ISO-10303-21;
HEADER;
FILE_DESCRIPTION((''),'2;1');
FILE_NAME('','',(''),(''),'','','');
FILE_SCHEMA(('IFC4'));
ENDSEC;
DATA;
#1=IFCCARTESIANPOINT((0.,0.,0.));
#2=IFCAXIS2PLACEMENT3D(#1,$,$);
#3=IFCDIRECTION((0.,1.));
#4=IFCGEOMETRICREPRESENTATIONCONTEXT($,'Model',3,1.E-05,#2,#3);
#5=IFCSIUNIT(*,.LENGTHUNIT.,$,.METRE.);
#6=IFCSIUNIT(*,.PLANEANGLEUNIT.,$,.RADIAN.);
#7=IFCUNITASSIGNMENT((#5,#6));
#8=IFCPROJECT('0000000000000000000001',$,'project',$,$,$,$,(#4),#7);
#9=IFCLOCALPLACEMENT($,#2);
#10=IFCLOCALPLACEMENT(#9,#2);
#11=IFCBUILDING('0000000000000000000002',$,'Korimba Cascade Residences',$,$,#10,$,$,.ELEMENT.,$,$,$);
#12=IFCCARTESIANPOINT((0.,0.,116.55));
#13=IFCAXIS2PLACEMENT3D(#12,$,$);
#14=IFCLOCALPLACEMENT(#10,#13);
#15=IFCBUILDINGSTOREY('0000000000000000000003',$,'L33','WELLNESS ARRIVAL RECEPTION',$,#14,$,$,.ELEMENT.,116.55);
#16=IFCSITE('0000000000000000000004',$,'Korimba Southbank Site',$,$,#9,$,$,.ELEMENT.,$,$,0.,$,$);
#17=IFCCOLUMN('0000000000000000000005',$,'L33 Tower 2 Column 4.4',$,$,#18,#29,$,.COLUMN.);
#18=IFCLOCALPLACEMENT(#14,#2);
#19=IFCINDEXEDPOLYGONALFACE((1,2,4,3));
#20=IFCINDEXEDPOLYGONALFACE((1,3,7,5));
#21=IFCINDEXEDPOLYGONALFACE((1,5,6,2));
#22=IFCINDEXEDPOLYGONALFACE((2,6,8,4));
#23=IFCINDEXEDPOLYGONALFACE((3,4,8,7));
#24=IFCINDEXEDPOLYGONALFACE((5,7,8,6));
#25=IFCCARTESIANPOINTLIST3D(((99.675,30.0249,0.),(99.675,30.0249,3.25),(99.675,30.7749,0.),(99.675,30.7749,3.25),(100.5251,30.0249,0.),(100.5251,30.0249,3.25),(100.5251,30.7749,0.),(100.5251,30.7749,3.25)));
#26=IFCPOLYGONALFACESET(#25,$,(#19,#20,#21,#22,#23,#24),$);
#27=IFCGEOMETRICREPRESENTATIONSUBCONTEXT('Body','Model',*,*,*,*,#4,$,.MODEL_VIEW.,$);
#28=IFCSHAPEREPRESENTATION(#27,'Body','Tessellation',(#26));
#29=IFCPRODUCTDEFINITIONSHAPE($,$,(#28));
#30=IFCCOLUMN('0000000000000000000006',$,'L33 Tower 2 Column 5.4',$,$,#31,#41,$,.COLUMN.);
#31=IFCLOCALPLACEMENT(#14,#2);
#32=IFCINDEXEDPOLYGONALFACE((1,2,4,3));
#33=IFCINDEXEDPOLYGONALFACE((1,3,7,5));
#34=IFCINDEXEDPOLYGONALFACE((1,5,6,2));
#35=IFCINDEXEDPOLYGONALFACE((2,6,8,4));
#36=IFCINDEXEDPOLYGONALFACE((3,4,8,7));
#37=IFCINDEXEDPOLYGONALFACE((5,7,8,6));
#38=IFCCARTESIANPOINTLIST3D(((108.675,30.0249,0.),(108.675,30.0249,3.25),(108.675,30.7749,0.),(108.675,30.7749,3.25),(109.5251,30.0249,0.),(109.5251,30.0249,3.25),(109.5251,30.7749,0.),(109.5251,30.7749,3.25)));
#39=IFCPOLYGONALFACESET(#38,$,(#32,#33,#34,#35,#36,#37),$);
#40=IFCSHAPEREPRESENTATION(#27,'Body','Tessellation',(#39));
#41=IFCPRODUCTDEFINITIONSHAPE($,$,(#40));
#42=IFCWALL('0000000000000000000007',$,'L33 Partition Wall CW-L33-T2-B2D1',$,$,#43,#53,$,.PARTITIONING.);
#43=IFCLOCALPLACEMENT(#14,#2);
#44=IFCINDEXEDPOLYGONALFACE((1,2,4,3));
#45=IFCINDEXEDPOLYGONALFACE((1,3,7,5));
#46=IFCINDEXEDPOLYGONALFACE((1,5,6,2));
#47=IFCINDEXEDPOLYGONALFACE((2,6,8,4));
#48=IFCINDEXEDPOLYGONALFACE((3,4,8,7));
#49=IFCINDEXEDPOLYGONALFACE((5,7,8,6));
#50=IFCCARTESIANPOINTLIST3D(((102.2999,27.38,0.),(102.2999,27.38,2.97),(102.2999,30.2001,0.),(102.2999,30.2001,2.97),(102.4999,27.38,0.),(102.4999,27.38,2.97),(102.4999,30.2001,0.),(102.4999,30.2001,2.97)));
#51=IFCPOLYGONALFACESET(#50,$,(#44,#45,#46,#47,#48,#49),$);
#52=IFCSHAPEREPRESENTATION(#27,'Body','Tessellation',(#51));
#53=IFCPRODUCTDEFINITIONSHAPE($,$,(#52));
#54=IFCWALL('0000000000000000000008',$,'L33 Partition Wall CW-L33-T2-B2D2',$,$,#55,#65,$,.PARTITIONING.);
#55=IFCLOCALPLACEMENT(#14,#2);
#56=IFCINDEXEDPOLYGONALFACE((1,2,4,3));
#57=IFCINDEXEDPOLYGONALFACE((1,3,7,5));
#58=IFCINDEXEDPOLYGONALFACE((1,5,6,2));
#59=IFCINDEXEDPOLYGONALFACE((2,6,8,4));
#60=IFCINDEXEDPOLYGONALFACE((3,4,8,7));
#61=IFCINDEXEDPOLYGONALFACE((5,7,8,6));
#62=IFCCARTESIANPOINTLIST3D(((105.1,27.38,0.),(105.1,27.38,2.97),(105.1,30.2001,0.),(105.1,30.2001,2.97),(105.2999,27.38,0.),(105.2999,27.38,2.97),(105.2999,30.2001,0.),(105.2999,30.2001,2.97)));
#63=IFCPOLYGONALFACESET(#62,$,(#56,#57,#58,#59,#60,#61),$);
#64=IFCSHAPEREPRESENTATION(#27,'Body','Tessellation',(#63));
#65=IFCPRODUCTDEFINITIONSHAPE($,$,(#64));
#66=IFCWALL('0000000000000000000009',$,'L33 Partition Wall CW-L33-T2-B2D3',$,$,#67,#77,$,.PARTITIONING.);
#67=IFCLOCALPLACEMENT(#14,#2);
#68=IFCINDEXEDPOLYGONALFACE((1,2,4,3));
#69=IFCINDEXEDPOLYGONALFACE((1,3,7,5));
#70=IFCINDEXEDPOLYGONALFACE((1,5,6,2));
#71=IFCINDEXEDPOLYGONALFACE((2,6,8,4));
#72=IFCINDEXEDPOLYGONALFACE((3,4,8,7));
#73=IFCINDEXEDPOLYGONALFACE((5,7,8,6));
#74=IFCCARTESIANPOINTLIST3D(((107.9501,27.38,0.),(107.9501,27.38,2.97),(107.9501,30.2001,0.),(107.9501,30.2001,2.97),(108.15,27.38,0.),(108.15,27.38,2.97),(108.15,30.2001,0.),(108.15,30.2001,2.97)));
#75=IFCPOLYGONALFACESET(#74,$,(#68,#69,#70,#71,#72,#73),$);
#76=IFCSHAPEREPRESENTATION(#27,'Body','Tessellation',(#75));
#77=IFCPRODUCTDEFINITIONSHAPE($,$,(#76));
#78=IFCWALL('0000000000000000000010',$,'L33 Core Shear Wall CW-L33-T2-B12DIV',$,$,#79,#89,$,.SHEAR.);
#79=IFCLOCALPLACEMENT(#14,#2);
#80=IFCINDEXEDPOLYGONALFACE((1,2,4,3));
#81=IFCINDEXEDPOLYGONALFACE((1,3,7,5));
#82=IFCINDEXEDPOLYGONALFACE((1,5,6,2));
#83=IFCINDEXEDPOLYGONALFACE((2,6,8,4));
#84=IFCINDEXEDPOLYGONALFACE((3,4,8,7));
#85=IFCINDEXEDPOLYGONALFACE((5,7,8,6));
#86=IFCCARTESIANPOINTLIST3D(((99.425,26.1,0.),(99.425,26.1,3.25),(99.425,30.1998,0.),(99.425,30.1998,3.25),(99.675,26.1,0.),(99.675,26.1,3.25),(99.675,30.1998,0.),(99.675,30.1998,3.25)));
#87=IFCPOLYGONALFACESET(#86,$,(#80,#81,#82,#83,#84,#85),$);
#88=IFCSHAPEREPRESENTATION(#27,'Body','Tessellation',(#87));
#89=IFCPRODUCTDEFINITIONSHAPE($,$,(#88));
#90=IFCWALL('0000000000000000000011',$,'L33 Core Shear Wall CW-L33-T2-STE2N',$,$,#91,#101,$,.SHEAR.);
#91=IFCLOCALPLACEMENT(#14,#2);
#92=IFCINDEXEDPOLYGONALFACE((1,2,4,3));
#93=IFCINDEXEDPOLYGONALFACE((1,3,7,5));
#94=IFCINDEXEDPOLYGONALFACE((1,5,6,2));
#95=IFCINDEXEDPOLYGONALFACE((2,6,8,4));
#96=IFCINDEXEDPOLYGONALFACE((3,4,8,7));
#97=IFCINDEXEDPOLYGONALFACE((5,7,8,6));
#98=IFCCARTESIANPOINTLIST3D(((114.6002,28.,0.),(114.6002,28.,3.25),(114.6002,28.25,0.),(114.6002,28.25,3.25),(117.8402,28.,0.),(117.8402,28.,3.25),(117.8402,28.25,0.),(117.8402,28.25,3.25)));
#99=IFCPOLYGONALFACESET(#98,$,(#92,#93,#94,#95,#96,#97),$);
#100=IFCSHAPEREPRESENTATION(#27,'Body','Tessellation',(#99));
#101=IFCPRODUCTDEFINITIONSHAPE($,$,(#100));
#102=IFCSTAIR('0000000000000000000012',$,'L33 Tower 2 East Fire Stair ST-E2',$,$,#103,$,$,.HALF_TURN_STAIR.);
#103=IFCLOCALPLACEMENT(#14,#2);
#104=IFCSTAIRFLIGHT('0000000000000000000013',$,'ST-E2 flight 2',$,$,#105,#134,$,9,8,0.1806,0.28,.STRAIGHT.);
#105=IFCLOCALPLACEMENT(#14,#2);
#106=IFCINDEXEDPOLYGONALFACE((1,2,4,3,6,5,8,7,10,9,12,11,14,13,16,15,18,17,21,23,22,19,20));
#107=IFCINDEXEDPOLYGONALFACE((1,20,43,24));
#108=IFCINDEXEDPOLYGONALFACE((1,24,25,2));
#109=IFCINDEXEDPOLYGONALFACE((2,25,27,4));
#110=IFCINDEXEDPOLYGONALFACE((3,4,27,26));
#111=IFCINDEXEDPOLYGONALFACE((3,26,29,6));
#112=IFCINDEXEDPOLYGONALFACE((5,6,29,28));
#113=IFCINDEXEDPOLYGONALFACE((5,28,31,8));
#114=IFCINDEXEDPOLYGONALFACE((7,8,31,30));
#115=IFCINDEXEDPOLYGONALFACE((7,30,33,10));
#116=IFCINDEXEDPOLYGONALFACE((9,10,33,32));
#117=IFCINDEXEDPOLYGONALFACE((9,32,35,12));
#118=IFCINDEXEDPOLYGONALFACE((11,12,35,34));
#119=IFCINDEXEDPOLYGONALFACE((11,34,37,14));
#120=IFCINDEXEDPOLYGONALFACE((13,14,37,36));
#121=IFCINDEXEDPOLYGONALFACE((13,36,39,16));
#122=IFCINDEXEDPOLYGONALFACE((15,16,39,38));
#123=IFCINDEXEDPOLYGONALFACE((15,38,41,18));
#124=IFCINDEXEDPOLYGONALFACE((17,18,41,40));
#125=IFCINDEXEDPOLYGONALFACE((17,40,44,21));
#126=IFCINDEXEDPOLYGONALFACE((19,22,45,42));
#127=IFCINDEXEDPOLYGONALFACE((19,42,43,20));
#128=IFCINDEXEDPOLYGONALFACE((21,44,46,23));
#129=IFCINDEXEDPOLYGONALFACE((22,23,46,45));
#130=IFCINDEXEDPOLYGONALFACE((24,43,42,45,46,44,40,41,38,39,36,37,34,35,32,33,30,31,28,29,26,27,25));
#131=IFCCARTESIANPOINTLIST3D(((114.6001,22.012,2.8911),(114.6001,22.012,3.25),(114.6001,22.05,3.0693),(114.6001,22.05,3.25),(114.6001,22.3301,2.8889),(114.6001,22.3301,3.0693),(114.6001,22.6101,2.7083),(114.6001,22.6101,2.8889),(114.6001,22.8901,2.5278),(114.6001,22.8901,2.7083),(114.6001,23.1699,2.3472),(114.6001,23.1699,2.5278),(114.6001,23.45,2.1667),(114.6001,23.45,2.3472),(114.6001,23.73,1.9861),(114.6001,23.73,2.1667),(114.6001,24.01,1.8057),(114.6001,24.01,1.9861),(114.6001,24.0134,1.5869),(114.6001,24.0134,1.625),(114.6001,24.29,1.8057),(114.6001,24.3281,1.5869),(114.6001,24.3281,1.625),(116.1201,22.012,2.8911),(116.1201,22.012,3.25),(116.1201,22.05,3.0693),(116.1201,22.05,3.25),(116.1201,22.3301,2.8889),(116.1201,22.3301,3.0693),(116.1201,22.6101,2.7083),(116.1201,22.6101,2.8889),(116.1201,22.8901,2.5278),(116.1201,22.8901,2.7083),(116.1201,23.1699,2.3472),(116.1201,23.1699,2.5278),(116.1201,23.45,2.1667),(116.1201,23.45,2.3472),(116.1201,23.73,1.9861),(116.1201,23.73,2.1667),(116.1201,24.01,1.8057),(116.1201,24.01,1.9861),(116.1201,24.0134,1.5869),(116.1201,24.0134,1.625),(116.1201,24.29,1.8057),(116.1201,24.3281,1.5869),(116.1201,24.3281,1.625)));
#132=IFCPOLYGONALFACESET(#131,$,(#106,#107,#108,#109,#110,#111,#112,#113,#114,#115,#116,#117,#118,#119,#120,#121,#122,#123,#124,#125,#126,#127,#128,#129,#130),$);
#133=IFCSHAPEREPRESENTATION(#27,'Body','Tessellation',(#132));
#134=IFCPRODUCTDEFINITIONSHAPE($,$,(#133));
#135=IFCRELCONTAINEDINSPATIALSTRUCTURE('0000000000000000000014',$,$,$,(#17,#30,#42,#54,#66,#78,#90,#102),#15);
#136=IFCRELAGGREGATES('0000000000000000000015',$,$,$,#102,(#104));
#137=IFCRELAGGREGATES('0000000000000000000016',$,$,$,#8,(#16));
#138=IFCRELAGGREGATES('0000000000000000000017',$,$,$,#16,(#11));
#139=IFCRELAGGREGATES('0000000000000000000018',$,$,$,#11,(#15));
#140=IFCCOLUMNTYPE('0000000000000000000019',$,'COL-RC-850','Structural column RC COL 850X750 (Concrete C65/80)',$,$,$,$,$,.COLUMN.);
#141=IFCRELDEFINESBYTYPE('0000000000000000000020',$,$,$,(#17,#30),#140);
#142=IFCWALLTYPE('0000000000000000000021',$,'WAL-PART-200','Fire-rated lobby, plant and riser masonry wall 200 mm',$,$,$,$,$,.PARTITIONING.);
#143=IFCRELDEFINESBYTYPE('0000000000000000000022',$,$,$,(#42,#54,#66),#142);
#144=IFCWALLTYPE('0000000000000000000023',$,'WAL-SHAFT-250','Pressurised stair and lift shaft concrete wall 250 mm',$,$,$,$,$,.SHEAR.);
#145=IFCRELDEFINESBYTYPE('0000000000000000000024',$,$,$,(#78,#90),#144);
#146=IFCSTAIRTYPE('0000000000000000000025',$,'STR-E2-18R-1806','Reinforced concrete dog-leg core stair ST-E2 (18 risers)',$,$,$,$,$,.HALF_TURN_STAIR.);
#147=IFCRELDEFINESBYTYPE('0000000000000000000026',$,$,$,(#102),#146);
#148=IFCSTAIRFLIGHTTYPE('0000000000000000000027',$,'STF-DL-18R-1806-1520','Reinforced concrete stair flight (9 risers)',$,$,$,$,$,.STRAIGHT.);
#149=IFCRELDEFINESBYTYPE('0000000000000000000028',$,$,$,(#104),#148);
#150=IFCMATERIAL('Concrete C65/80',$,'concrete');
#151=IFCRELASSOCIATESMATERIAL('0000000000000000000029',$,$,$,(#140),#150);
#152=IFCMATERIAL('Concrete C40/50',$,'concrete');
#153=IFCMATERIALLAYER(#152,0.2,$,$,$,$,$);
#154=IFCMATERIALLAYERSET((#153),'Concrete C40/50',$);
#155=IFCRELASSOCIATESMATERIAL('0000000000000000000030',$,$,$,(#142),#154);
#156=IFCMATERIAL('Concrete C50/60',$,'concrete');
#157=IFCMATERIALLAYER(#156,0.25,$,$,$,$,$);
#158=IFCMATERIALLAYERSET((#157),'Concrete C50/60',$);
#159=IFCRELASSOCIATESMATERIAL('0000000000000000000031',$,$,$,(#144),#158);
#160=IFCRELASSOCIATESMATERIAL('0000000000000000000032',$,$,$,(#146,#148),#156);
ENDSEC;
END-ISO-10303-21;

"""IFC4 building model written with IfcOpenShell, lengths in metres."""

from ifc_helpers import new_model, si_unit, direction, frame, frame_2d, origin, origin_2d, place, context, subcontext, project, spatial, polyline, rectangle, outline, extrude, material, layer, layer_set, material_profile, profile_set, type_object, element, aggregate, save


model = new_model("IFC4")

# Units and contexts
model_context = context("Model", 3, precision=1e-05, world=origin(), true_north=direction((0.0, 1.0)))
body_context = subcontext(model_context, "Body", "Model", "MODEL_VIEW")
ifc_project = project(units=[si_unit("LENGTHUNIT", "METRE"), si_unit("PLANEANGLEUNIT", "RADIAN")], contexts=[model_context])

# Site, building, storey
site_placement = place(None, origin())
site = spatial("IfcSite", under=ifc_project, at=site_placement, Name="Korimba Southbank Site", CompositionType="ELEMENT", RefElevation=0.0)
building_placement = place(site_placement, origin())
building = spatial("IfcBuilding", under=site, at=building_placement, Name="Korimba Cascade Residences", CompositionType="ELEMENT")
storey_placement = place(building_placement, frame((0.0, 0.0, 116.55)))
storey = spatial("IfcBuildingStorey", under=building, at=storey_placement, Name="L33", Description="WELLNESS ARRIVAL RECEPTION", CompositionType="ELEMENT", Elevation=116.55)

# Columns
ifc_material_1 = material(Name="Concrete C65/80", Category="concrete")
ifc_material_profile = material_profile(ifc_material_1, rectangle(XDim=0.8501, YDim=0.75, at=origin_2d()), Name="Concrete C65/80")
ifc_profile_set = profile_set([ifc_material_profile], Name="Concrete C65/80")
column_type = type_object("IfcColumnType", Name="COL-RC-850", Description="Structural column RC COL 850X750 (Concrete C65/80)", PredefinedType="COLUMN", material=ifc_profile_set)
for number, where, z_axis, x_axis, name in (
    (1, (100.1001, 30.3999, 0.0), (0.0, 0.0, 1.0), (1.0, 0.0, 0.0), "L33 Tower 2 Column 4.4"),
    (2, (109.1001, 30.3999, 0.0), (0.0, 0.0, 1.0), (1.0, 0.0, 0.0), "L33 Tower 2 Column 5.4"),
):
    element("IfcColumn", number, at=place(storey_placement, frame(where, z_axis=z_axis, x_axis=x_axis)), inside=storey, type_object=column_type, Name=name, PredefinedType="COLUMN", context=body_context, shape_type="SweptSolid", body=[
        extrude(rectangle(XDim=0.8501, YDim=0.75, at=origin_2d()), origin(), (0.0, 0.0, 1.0), 3.25),
    ])

# Walls
ifc_material_2 = material(Name="Concrete C40/50", Category="concrete")
ifc_layer_1 = layer(ifc_material_2, 0.2)
ifc_layer_set_1 = layer_set([ifc_layer_1], Name="Concrete C40/50")
wall_type_1 = type_object("IfcWallType", Name="WAL-PART-200", Description="Fire-rated lobby, plant and riser masonry wall 200 mm", PredefinedType="PARTITIONING", material=ifc_layer_set_1)
for number, where, z_axis, x_axis, name in (
    (3, (102.3999, 27.3799, 0.0), (0.0, 0.0, 1.0), (0.0, 1.0, 0.0), "L33 Partition Wall CW-L33-T2-B2D1"),
    (4, (105.2, 27.3799, 0.0), (0.0, 0.0, 1.0), (0.0, 1.0, 0.0), "L33 Partition Wall CW-L33-T2-B2D2"),
    (5, (108.05, 27.3799, 0.0), (0.0, 0.0, 1.0), (0.0, 1.0, 0.0), "L33 Partition Wall CW-L33-T2-B2D3"),
):
    element("IfcWall", number, at=place(storey_placement, frame(where, z_axis=z_axis, x_axis=x_axis)), inside=storey, type_object=wall_type_1, Name=name, PredefinedType="PARTITIONING", context=body_context, shape_type="SweptSolid", body=[
        extrude(rectangle(XDim=2.8201, YDim=0.2, at=frame_2d((1.4102, 0.0))), origin(), (0.0, 0.0, 1.0), 2.97),
    ])
ifc_material_3 = material(Name="Concrete C50/60", Category="concrete")
ifc_layer_2 = layer(ifc_material_3, 0.25)
ifc_layer_set_2 = layer_set([ifc_layer_2], Name="Concrete C50/60")
wall_type_2 = type_object("IfcWallType", Name="WAL-SHAFT-250", Description="Pressurised stair and lift shaft concrete wall 250 mm", PredefinedType="SHEAR", material=ifc_layer_set_2)
wall_1_placement = place(storey_placement, frame((99.55, 26.1001, 0.0), z_axis=(0.0, 0.0, 1.0), x_axis=(0.0, 1.0, 0.0)))
element("IfcWall", 6, at=wall_1_placement, inside=storey, type_object=wall_type_2, Name="L33 Core Shear Wall CW-L33-T2-B12DIV", PredefinedType="SHEAR", context=body_context, shape_type="SweptSolid", body=[
    extrude(rectangle(XDim=4.0999, YDim=0.25, at=frame_2d((2.0498, 0.0))), origin(), (0.0, 0.0, 1.0), 3.25),
])

# Wall
wall_2_placement = place(storey_placement, frame((114.6001, 28.125, 0.0), z_axis=(0.0, 0.0, 1.0), x_axis=(1.0, 0.0, 0.0)))
element("IfcWall", 7, at=wall_2_placement, inside=storey, type_object=wall_type_2, Name="L33 Core Shear Wall CW-L33-T2-STE2N", PredefinedType="SHEAR", context=body_context, shape_type="SweptSolid", body=[
    extrude(rectangle(XDim=3.24, YDim=0.25, at=frame_2d((1.6201, 0.0))), origin(), (0.0, 0.0, 1.0), 3.25),
])

# Stair, stair flight
stair_type = type_object("IfcStairType", Name="STR-E2-18R-1806", Description="Reinforced concrete dog-leg core stair ST-E2 (18 risers)", PredefinedType="HALF_TURN_STAIR", material=ifc_material_3)
stair_placement = place(storey_placement, origin())
stair = element("IfcStair", 8, at=stair_placement, inside=storey, type_object=stair_type, Name="L33 Tower 2 East Fire Stair ST-E2", PredefinedType="HALF_TURN_STAIR")
stair_flight_type = type_object("IfcStairFlightType", Name="STF-DL-18R-1806-1520", Description="Reinforced concrete stair flight (9 risers)", PredefinedType="STRAIGHT", material=ifc_material_3)
stair_flight_placement = place(storey_placement, frame((115.3601, 24.29, 1.625), z_axis=(0.0, 0.0, 1.0), x_axis=(0.0, -1.0, 0.0)))
stair_flight = element("IfcStairFlight", 9, at=stair_flight_placement, type_object=stair_flight_type, Name="ST-E2 flight 2", NumberOfRisers=9, NumberOfTreads=8, PredefinedType="STRAIGHT", RiserHeight=0.1806, TreadLength=0.28, context=body_context, shape_type="SweptSolid", body=[
    extrude(outline(polyline([(-0.0381, 0.0), (0.0, 0.1807), (0.28, 0.1807), (0.28, 0.3611), (0.5601, 0.3611), (0.5601, 0.5417), (0.8401, 0.5417), (0.8401, 0.7222), (1.1201, 0.7222), (1.1201, 0.9028), (1.3999, 0.9028), (1.3999, 1.0833), (1.6799, 1.0833), (1.6799, 1.2639), (1.96, 1.2639), (1.96, 1.4443), (2.24, 1.4443), (2.24, 1.625), (2.2781, 1.625), (2.2781, 1.2661), (0.2766, 0.0), (0.2766, -0.0381), (-0.0381, -0.0381), (-0.0381, 0.0)])), frame((0.0, 0.76, 0.0), z_axis=(0.0, -1.0, 0.0), x_axis=(1.0, 0.0, 0.0)), (0.0, 0.0, 1.0), 1.52),
])
aggregate(stair, [stair_flight])

save(model, "model.ifc")
